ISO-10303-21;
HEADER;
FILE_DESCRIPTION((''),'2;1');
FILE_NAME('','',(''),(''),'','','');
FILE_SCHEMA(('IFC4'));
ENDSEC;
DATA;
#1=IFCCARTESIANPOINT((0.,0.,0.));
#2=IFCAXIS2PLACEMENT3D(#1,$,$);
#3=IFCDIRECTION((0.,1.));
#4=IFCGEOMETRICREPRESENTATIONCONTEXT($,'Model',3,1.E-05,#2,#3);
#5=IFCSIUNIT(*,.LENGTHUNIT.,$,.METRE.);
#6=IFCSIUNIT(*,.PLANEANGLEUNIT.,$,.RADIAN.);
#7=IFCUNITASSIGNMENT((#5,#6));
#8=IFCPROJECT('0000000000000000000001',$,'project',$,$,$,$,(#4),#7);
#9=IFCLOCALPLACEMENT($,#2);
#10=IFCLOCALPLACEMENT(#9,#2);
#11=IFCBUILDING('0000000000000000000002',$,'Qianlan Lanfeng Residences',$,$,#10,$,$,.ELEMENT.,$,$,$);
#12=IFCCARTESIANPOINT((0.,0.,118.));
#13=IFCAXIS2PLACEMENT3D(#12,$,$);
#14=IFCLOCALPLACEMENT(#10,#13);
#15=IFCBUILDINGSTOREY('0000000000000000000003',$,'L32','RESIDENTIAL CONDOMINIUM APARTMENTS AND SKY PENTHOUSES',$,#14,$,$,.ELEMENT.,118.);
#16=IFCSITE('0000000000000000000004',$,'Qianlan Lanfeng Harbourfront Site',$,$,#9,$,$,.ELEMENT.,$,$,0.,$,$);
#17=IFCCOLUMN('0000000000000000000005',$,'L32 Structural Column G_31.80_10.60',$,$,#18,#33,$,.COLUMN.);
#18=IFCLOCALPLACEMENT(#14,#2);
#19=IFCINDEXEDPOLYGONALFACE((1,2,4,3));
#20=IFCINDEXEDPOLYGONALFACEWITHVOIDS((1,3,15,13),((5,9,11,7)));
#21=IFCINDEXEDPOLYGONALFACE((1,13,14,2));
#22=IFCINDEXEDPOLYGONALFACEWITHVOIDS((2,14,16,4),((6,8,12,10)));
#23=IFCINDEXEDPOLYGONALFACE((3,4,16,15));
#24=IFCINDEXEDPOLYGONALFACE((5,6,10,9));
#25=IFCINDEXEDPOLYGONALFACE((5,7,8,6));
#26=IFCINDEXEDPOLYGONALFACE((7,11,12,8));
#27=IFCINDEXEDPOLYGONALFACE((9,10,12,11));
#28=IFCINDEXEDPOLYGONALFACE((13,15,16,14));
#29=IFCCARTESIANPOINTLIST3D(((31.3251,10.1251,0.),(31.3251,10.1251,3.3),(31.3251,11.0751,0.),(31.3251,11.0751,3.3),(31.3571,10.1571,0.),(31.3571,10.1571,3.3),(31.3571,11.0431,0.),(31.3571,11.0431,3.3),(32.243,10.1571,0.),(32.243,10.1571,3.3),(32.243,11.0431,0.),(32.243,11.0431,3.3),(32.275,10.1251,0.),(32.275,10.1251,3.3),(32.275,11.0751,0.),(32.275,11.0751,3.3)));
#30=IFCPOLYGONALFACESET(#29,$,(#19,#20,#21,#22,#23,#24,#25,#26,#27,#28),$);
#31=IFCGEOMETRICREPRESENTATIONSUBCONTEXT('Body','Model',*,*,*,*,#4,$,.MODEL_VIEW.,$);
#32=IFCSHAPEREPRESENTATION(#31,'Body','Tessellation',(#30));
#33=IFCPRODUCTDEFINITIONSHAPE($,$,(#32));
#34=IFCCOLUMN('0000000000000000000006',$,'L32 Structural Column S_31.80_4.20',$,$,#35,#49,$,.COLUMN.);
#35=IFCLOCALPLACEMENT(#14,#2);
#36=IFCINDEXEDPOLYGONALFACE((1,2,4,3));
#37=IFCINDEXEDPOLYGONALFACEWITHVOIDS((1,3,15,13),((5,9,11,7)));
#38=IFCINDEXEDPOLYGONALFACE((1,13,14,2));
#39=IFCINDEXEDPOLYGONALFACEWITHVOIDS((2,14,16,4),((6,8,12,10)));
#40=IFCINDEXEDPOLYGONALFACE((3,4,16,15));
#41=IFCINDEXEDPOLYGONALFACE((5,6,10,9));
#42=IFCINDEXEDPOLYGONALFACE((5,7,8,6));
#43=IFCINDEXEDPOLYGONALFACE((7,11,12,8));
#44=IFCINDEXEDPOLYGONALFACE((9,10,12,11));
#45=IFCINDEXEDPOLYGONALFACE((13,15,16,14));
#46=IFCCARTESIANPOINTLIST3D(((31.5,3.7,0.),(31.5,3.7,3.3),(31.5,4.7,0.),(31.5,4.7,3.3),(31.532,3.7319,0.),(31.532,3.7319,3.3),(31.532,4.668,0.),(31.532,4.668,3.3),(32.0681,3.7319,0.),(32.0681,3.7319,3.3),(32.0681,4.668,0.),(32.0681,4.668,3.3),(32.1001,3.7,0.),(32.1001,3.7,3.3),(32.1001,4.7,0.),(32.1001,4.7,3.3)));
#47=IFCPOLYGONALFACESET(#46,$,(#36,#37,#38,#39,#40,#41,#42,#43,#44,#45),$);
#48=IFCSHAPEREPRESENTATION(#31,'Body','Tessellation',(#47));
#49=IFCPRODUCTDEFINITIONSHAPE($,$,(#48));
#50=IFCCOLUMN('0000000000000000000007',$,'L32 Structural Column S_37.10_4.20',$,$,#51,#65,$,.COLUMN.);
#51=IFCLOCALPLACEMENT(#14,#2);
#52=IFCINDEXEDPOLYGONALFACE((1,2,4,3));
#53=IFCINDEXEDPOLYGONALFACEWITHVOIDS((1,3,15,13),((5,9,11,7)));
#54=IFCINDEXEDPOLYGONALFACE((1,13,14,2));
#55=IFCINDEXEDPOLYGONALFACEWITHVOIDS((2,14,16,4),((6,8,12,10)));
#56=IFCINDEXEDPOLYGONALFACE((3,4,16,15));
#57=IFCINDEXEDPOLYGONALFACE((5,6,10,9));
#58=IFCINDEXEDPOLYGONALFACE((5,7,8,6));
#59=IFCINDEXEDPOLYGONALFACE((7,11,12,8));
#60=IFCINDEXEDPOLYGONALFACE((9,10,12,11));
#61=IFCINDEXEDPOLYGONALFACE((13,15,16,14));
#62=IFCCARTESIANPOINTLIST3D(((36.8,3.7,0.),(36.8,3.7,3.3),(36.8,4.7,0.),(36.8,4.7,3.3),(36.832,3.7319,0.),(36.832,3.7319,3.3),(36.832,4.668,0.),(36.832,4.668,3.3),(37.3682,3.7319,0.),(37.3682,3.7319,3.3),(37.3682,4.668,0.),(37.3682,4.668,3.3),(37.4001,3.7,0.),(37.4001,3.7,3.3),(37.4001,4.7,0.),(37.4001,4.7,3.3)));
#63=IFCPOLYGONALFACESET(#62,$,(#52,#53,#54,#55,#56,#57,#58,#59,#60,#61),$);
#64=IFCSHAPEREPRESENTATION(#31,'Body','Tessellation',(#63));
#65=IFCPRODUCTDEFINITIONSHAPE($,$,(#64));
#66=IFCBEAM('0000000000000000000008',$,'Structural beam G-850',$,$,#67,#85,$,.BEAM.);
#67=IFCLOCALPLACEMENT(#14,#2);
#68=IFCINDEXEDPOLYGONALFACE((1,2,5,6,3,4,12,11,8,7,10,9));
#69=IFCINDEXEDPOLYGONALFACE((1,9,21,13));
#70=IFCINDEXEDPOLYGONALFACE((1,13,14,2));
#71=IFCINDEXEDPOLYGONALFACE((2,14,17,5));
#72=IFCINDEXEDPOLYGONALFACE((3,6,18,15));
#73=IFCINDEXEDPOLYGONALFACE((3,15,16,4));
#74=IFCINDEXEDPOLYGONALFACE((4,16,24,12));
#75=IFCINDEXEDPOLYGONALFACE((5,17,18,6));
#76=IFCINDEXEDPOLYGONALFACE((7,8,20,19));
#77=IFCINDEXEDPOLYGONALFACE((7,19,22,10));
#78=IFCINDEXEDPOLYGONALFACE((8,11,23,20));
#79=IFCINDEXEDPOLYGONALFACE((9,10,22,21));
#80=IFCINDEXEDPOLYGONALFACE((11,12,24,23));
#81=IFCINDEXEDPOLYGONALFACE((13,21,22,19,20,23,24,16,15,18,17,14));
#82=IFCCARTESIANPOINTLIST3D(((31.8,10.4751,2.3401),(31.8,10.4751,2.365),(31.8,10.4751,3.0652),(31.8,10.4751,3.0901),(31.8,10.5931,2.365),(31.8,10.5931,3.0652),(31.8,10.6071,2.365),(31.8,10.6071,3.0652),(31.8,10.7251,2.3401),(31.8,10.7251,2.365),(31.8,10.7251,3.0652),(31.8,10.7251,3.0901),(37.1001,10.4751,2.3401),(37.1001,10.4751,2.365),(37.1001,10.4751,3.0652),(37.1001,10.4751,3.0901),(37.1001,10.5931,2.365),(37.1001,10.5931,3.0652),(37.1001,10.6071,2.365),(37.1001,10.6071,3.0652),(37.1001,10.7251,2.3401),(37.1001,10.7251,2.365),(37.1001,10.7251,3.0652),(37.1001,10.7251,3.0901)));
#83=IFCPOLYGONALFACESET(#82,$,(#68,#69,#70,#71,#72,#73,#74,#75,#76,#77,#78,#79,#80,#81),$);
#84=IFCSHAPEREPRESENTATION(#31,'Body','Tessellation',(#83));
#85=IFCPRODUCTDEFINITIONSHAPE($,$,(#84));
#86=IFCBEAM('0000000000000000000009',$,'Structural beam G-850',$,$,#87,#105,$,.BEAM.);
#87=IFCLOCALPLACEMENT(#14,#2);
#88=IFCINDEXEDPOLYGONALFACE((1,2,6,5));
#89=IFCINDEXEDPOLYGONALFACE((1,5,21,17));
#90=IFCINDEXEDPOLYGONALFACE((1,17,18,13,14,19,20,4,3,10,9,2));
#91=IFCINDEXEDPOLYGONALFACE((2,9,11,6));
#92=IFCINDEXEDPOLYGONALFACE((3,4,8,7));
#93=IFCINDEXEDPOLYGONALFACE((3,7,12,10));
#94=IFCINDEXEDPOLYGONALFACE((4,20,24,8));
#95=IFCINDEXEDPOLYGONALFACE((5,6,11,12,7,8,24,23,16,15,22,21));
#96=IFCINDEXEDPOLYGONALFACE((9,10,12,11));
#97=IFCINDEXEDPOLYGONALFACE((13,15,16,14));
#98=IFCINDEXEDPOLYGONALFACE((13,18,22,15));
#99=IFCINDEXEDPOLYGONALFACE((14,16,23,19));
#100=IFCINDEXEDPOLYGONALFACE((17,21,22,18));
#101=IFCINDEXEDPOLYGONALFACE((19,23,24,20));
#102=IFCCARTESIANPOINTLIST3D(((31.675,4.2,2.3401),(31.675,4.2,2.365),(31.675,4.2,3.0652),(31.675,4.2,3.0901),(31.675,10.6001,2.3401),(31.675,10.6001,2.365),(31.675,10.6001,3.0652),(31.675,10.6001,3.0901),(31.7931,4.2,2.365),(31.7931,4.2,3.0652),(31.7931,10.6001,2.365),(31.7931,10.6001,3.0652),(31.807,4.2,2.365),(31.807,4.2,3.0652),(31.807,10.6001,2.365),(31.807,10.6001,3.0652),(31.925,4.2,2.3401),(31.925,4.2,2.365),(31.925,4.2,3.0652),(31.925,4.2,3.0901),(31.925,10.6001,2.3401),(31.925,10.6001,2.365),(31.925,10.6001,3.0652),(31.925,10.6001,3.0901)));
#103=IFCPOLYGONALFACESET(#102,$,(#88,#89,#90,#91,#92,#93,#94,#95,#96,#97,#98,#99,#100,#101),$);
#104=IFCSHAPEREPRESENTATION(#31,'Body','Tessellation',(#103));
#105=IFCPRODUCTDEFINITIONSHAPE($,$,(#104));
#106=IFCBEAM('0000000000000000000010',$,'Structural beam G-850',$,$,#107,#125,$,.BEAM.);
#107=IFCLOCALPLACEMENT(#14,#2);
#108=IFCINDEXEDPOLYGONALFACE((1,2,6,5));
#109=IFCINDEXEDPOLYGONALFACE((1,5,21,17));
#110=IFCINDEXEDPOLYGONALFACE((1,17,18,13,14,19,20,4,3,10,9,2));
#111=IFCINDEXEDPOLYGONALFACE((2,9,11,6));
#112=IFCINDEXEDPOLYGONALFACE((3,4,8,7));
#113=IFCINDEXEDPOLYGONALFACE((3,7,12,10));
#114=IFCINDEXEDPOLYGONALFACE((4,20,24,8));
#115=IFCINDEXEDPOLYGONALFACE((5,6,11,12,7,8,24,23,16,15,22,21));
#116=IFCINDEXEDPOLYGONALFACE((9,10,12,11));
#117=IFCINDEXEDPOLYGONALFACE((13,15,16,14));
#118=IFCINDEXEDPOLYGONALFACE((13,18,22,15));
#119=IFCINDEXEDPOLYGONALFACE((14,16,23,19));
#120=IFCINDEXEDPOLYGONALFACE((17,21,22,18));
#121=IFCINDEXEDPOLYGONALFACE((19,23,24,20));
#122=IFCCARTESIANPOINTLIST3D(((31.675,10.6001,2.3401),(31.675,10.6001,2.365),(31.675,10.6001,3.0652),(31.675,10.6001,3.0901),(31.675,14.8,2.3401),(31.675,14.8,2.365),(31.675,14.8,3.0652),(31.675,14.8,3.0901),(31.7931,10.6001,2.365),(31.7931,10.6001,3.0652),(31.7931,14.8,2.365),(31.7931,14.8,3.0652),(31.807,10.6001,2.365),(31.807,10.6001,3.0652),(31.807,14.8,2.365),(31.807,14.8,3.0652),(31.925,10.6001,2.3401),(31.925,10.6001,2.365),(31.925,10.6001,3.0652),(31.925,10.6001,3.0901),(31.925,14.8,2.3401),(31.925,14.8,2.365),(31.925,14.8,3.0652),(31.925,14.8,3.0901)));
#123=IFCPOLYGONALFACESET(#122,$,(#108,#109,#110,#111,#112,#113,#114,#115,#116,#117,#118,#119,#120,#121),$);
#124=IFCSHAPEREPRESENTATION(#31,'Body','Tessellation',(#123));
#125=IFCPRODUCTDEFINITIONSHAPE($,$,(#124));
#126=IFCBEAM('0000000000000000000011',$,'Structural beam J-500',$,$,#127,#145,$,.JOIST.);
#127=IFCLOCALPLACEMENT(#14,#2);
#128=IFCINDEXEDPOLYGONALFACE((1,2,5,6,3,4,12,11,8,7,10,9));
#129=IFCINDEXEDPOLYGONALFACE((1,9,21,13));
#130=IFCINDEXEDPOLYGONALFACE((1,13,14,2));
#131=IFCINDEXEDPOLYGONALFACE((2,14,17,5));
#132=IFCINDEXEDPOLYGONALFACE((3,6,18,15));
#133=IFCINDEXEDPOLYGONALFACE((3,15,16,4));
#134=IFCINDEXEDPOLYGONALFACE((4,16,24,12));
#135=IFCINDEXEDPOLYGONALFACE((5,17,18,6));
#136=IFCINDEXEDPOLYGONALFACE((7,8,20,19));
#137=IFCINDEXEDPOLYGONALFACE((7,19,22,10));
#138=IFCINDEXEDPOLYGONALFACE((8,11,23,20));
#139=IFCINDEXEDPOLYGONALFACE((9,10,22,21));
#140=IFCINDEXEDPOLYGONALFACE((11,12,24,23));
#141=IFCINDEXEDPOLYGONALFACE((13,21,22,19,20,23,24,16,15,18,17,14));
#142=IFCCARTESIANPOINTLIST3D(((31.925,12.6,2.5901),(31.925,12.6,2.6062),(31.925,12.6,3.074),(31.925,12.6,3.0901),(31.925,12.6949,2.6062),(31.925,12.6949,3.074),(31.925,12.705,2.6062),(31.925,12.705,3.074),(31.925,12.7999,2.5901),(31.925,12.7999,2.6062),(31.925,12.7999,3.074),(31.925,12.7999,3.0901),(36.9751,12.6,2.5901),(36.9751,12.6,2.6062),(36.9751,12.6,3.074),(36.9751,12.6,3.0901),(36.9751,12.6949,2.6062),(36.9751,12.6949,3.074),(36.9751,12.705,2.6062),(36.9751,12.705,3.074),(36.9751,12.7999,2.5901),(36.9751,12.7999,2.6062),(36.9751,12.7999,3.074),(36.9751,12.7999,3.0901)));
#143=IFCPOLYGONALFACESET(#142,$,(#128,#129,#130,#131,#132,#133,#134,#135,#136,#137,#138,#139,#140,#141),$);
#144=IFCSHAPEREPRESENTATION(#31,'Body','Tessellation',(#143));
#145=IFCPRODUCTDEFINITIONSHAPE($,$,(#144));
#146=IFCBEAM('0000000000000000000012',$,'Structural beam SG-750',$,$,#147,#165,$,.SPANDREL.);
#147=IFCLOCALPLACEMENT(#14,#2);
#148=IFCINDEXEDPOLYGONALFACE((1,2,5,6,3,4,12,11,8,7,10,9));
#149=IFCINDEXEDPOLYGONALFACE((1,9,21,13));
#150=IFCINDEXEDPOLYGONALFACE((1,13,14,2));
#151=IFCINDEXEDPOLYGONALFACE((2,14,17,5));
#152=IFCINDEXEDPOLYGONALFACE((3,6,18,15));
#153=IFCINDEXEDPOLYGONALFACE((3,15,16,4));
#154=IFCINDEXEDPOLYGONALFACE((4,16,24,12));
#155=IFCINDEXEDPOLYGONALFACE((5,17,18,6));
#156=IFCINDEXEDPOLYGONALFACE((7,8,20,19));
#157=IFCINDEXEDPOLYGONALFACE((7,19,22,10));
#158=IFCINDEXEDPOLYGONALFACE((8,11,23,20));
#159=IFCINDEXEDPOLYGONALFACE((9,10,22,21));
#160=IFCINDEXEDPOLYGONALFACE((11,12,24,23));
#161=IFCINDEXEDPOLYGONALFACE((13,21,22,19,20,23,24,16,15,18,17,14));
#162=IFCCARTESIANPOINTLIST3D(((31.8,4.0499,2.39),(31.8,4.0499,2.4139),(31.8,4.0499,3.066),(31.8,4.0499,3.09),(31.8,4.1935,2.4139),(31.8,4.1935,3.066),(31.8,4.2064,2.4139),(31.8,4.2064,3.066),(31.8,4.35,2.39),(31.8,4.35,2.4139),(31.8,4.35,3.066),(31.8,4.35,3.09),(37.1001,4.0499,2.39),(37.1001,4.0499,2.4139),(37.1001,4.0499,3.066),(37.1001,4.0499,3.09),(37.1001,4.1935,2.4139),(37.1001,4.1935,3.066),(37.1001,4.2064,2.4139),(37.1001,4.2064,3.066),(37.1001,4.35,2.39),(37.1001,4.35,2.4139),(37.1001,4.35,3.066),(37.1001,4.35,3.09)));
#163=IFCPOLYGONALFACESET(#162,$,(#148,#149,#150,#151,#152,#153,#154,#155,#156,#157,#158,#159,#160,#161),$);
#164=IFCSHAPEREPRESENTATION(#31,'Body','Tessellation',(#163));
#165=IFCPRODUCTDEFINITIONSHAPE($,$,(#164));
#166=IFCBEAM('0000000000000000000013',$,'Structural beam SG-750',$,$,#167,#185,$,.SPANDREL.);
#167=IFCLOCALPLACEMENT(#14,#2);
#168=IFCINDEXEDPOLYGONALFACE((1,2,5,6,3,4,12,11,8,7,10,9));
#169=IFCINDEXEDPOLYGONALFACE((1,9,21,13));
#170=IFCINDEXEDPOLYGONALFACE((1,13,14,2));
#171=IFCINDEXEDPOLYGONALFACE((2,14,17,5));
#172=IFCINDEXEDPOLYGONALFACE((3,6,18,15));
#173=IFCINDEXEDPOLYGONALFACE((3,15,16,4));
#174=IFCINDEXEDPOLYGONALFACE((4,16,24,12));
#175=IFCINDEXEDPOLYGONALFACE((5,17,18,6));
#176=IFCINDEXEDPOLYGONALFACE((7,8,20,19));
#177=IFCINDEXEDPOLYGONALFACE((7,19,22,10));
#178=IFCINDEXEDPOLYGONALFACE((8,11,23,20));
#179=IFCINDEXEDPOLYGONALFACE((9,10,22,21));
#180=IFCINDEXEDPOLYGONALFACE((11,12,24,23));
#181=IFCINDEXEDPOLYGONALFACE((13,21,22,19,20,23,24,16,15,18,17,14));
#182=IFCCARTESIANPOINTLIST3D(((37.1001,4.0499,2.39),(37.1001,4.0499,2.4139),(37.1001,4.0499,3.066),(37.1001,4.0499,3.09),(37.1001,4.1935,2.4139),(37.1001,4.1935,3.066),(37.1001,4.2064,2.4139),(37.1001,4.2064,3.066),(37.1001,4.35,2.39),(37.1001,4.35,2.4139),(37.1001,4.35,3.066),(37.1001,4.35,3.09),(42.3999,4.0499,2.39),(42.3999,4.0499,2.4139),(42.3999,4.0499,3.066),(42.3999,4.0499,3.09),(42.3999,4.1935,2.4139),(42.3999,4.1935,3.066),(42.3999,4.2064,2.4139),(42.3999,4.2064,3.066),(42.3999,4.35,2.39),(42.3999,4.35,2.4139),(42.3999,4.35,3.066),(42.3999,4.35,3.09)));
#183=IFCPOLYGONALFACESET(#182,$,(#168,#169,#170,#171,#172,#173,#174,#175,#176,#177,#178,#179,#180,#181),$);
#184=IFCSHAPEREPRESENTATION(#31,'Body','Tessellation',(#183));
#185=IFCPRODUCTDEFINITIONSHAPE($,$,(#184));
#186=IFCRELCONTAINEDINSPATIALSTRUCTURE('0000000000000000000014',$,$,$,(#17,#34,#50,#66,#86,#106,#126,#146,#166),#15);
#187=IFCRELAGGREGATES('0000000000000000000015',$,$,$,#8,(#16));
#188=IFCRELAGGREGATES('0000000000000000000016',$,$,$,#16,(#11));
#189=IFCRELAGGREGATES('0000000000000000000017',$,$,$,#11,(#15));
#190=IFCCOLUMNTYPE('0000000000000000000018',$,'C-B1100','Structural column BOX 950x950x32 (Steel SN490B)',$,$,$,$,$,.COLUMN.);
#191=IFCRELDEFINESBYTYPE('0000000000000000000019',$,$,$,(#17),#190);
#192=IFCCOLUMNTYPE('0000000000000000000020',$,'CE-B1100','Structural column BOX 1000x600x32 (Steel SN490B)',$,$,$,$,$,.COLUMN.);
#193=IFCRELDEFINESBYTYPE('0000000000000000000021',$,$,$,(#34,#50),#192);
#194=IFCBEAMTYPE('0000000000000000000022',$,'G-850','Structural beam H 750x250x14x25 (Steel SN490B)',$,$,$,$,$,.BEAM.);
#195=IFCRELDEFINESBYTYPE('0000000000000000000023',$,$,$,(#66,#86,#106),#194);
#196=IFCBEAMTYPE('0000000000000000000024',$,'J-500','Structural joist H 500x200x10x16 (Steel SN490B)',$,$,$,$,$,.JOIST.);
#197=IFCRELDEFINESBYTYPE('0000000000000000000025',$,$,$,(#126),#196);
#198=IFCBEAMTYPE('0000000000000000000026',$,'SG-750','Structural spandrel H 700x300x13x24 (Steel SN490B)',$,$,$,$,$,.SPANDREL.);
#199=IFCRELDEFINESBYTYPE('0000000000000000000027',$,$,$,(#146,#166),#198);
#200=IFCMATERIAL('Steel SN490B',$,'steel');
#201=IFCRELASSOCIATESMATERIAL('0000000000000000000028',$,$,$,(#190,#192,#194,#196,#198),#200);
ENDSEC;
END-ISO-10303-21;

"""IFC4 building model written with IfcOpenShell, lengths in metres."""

from ifc_helpers import new_model, si_unit, direction, frame, origin, origin_2d, place, context, subcontext, project, spatial, hollow_rectangle, i_section, extrude, material, material_profile, profile_set, type_object, element, save


model = new_model("IFC4")

# Units and contexts
model_context = context("Model", 3, precision=1e-05, world=origin(), true_north=direction((0.0, 1.0)))
body_context = subcontext(model_context, "Body", "Model", "MODEL_VIEW")
ifc_project = project(units=[si_unit("LENGTHUNIT", "METRE"), si_unit("PLANEANGLEUNIT", "RADIAN")], contexts=[model_context])

# Site, building, storey
site_placement = place(None, origin())
site = spatial("IfcSite", under=ifc_project, at=site_placement, Name="Qianlan Lanfeng Harbourfront Site", CompositionType="ELEMENT", RefElevation=0.0)
building_placement = place(site_placement, origin())
building = spatial("IfcBuilding", under=site, at=building_placement, Name="Qianlan Lanfeng Residences", CompositionType="ELEMENT")
storey_placement = place(building_placement, frame((0.0, 0.0, 118.0)))
storey = spatial("IfcBuildingStorey", under=building, at=storey_placement, Name="L32", Description="RESIDENTIAL CONDOMINIUM APARTMENTS AND SKY PENTHOUSES", CompositionType="ELEMENT", Elevation=118.0)

# Columns
ifc_material_1 = material(Name="Steel SN490B", Category="steel")
ifc_material_profile_1 = material_profile(ifc_material_1, hollow_rectangle(XDim=0.95, YDim=0.95, WallThickness=0.032, at=origin_2d()), Name="BOX 950x950x32")
ifc_profile_set_1 = profile_set([ifc_material_profile_1], Name="Steel SN490B")
column_type_1 = type_object("IfcColumnType", Name="C-B1100", Description="Structural column BOX 950x950x32 (Steel SN490B)", PredefinedType="COLUMN", material=ifc_profile_set_1)
column_placement = place(storey_placement, frame((31.8, 10.6001, 0.0), z_axis=(0.0, 0.0, 1.0), x_axis=(1.0, 0.0, 0.0)))
element("IfcColumn", 1, at=column_placement, inside=storey, type_object=column_type_1, Name="L32 Structural Column G_31.80_10.60", PredefinedType="COLUMN", context=body_context, shape_type="SweptSolid", body=[
    extrude(hollow_rectangle(XDim=0.95, YDim=0.95, WallThickness=0.032, at=origin_2d()), origin(), (0.0, 0.0, 1.0), 3.3),
])
ifc_material_profile_2 = material_profile(ifc_material_1, hollow_rectangle(XDim=0.6001, YDim=1.0, WallThickness=0.032, at=origin_2d()), Name="BOX 1000x600x32")
ifc_profile_set_2 = profile_set([ifc_material_profile_2], Name="Steel SN490B")
column_type_2 = type_object("IfcColumnType", Name="CE-B1100", Description="Structural column BOX 1000x600x32 (Steel SN490B)", PredefinedType="COLUMN", material=ifc_profile_set_2)
for number, where, z_axis, x_axis, name in (
    (2, (31.8, 4.2, 0.0), (0.0, 0.0, 1.0), (1.0, 0.0, 0.0), "L32 Structural Column S_31.80_4.20"),
    (3, (37.1001, 4.2, 0.0), (0.0, 0.0, 1.0), (1.0, 0.0, 0.0), "L32 Structural Column S_37.10_4.20"),
):
    element("IfcColumn", number, at=place(storey_placement, frame(where, z_axis=z_axis, x_axis=x_axis)), inside=storey, type_object=column_type_2, Name=name, PredefinedType="COLUMN", context=body_context, shape_type="SweptSolid", body=[
        extrude(hollow_rectangle(XDim=0.6001, YDim=1.0, WallThickness=0.032, at=origin_2d()), origin(), (0.0, 0.0, 1.0), 3.3),
    ])

# Beams
ifc_material_profile_3 = material_profile(ifc_material_1, i_section(OverallWidth=0.25, OverallDepth=0.75, WebThickness=0.0139, FlangeThickness=0.0249, at=origin_2d()), Name="H 750x250x14x25")
ifc_profile_set_3 = profile_set([ifc_material_profile_3], Name="Steel SN490B")
beam_type_1 = type_object("IfcBeamType", Name="G-850", Description="Structural beam H 750x250x14x25 (Steel SN490B)", PredefinedType="BEAM", material=ifc_profile_set_3)
beam_1_placement = place(storey_placement, frame((31.8, 10.6001, 2.7151), z_axis=(1.0, 0.0, 0.0), x_axis=(0.0, 1.0, 0.0)))
element("IfcBeam", 4, at=beam_1_placement, inside=storey, type_object=beam_type_1, Name="Structural beam G-850", PredefinedType="BEAM", context=body_context, shape_type="SweptSolid", body=[
    extrude(i_section(OverallWidth=0.25, OverallDepth=0.75, WebThickness=0.0139, FlangeThickness=0.0249, at=origin_2d()), origin(), (0.0, 0.0, 1.0), 5.3),
])
beam_2_placement = place(storey_placement, frame((31.8, 4.2, 2.7151), z_axis=(0.0, 1.0, 0.0), x_axis=(-1.0, 0.0, 0.0)))
element("IfcBeam", 5, at=beam_2_placement, inside=storey, type_object=beam_type_1, Name="Structural beam G-850", PredefinedType="BEAM", context=body_context, shape_type="SweptSolid", body=[
    extrude(i_section(OverallWidth=0.25, OverallDepth=0.75, WebThickness=0.0139, FlangeThickness=0.0249, at=origin_2d()), origin(), (0.0, 0.0, 1.0), 6.4001),
])
beam_3_placement = place(storey_placement, frame((31.8, 10.6001, 2.7151), z_axis=(0.0, 1.0, 0.0), x_axis=(-1.0, 0.0, 0.0)))
element("IfcBeam", 6, at=beam_3_placement, inside=storey, type_object=beam_type_1, Name="Structural beam G-850", PredefinedType="BEAM", context=body_context, shape_type="SweptSolid", body=[
    extrude(i_section(OverallWidth=0.25, OverallDepth=0.75, WebThickness=0.0139, FlangeThickness=0.0249, at=origin_2d()), origin(), (0.0, 0.0, 1.0), 4.2),
])
ifc_material_profile_4 = material_profile(ifc_material_1, i_section(OverallWidth=0.2, OverallDepth=0.5, WebThickness=0.01, FlangeThickness=0.0161, at=origin_2d()), Name="H 500x200x10x16")
ifc_profile_set_4 = profile_set([ifc_material_profile_4], Name="Steel SN490B")
beam_type_2 = type_object("IfcBeamType", Name="J-500", Description="Structural joist H 500x200x10x16 (Steel SN490B)", PredefinedType="JOIST", material=ifc_profile_set_4)
beam_4_placement = place(storey_placement, frame((31.925, 12.7, 2.8401), z_axis=(1.0, 0.0, 0.0), x_axis=(0.0, 1.0, 0.0)))
element("IfcBeam", 7, at=beam_4_placement, inside=storey, type_object=beam_type_2, Name="Structural beam J-500", PredefinedType="JOIST", context=body_context, shape_type="SweptSolid", body=[
    extrude(i_section(OverallWidth=0.2, OverallDepth=0.5, WebThickness=0.01, FlangeThickness=0.0161, at=origin_2d()), origin(), (0.0, 0.0, 1.0), 5.05),
])
ifc_material_profile_5 = material_profile(ifc_material_1, i_section(OverallWidth=0.3, OverallDepth=0.7, WebThickness=0.0129, FlangeThickness=0.0239, at=origin_2d()), Name="H 700x300x13x24")
ifc_profile_set_5 = profile_set([ifc_material_profile_5], Name="Steel SN490B")
beam_type_3 = type_object("IfcBeamType", Name="SG-750", Description="Structural spandrel H 700x300x13x24 (Steel SN490B)", PredefinedType="SPANDREL", material=ifc_profile_set_5)
beam_5_placement = place(storey_placement, frame((31.8, 4.2, 2.74), z_axis=(1.0, 0.0, 0.0), x_axis=(0.0, 1.0, 0.0)))
element("IfcBeam", 8, at=beam_5_placement, inside=storey, type_object=beam_type_3, Name="Structural beam SG-750", PredefinedType="SPANDREL", context=body_context, shape_type="SweptSolid", body=[
    extrude(i_section(OverallWidth=0.3, OverallDepth=0.7, WebThickness=0.0129, FlangeThickness=0.0239, at=origin_2d()), origin(), (0.0, 0.0, 1.0), 5.3),
])
beam_6_placement = place(storey_placement, frame((37.1001, 4.2, 2.74), z_axis=(1.0, 0.0, 0.0), x_axis=(0.0, 1.0, 0.0)))
element("IfcBeam", 9, at=beam_6_placement, inside=storey, type_object=beam_type_3, Name="Structural beam SG-750", PredefinedType="SPANDREL", context=body_context, shape_type="SweptSolid", body=[
    extrude(i_section(OverallWidth=0.3, OverallDepth=0.7, WebThickness=0.0129, FlangeThickness=0.0239, at=origin_2d()), origin(), (0.0, 0.0, 1.0), 5.2998),
])

save(model, "model.ifc")
